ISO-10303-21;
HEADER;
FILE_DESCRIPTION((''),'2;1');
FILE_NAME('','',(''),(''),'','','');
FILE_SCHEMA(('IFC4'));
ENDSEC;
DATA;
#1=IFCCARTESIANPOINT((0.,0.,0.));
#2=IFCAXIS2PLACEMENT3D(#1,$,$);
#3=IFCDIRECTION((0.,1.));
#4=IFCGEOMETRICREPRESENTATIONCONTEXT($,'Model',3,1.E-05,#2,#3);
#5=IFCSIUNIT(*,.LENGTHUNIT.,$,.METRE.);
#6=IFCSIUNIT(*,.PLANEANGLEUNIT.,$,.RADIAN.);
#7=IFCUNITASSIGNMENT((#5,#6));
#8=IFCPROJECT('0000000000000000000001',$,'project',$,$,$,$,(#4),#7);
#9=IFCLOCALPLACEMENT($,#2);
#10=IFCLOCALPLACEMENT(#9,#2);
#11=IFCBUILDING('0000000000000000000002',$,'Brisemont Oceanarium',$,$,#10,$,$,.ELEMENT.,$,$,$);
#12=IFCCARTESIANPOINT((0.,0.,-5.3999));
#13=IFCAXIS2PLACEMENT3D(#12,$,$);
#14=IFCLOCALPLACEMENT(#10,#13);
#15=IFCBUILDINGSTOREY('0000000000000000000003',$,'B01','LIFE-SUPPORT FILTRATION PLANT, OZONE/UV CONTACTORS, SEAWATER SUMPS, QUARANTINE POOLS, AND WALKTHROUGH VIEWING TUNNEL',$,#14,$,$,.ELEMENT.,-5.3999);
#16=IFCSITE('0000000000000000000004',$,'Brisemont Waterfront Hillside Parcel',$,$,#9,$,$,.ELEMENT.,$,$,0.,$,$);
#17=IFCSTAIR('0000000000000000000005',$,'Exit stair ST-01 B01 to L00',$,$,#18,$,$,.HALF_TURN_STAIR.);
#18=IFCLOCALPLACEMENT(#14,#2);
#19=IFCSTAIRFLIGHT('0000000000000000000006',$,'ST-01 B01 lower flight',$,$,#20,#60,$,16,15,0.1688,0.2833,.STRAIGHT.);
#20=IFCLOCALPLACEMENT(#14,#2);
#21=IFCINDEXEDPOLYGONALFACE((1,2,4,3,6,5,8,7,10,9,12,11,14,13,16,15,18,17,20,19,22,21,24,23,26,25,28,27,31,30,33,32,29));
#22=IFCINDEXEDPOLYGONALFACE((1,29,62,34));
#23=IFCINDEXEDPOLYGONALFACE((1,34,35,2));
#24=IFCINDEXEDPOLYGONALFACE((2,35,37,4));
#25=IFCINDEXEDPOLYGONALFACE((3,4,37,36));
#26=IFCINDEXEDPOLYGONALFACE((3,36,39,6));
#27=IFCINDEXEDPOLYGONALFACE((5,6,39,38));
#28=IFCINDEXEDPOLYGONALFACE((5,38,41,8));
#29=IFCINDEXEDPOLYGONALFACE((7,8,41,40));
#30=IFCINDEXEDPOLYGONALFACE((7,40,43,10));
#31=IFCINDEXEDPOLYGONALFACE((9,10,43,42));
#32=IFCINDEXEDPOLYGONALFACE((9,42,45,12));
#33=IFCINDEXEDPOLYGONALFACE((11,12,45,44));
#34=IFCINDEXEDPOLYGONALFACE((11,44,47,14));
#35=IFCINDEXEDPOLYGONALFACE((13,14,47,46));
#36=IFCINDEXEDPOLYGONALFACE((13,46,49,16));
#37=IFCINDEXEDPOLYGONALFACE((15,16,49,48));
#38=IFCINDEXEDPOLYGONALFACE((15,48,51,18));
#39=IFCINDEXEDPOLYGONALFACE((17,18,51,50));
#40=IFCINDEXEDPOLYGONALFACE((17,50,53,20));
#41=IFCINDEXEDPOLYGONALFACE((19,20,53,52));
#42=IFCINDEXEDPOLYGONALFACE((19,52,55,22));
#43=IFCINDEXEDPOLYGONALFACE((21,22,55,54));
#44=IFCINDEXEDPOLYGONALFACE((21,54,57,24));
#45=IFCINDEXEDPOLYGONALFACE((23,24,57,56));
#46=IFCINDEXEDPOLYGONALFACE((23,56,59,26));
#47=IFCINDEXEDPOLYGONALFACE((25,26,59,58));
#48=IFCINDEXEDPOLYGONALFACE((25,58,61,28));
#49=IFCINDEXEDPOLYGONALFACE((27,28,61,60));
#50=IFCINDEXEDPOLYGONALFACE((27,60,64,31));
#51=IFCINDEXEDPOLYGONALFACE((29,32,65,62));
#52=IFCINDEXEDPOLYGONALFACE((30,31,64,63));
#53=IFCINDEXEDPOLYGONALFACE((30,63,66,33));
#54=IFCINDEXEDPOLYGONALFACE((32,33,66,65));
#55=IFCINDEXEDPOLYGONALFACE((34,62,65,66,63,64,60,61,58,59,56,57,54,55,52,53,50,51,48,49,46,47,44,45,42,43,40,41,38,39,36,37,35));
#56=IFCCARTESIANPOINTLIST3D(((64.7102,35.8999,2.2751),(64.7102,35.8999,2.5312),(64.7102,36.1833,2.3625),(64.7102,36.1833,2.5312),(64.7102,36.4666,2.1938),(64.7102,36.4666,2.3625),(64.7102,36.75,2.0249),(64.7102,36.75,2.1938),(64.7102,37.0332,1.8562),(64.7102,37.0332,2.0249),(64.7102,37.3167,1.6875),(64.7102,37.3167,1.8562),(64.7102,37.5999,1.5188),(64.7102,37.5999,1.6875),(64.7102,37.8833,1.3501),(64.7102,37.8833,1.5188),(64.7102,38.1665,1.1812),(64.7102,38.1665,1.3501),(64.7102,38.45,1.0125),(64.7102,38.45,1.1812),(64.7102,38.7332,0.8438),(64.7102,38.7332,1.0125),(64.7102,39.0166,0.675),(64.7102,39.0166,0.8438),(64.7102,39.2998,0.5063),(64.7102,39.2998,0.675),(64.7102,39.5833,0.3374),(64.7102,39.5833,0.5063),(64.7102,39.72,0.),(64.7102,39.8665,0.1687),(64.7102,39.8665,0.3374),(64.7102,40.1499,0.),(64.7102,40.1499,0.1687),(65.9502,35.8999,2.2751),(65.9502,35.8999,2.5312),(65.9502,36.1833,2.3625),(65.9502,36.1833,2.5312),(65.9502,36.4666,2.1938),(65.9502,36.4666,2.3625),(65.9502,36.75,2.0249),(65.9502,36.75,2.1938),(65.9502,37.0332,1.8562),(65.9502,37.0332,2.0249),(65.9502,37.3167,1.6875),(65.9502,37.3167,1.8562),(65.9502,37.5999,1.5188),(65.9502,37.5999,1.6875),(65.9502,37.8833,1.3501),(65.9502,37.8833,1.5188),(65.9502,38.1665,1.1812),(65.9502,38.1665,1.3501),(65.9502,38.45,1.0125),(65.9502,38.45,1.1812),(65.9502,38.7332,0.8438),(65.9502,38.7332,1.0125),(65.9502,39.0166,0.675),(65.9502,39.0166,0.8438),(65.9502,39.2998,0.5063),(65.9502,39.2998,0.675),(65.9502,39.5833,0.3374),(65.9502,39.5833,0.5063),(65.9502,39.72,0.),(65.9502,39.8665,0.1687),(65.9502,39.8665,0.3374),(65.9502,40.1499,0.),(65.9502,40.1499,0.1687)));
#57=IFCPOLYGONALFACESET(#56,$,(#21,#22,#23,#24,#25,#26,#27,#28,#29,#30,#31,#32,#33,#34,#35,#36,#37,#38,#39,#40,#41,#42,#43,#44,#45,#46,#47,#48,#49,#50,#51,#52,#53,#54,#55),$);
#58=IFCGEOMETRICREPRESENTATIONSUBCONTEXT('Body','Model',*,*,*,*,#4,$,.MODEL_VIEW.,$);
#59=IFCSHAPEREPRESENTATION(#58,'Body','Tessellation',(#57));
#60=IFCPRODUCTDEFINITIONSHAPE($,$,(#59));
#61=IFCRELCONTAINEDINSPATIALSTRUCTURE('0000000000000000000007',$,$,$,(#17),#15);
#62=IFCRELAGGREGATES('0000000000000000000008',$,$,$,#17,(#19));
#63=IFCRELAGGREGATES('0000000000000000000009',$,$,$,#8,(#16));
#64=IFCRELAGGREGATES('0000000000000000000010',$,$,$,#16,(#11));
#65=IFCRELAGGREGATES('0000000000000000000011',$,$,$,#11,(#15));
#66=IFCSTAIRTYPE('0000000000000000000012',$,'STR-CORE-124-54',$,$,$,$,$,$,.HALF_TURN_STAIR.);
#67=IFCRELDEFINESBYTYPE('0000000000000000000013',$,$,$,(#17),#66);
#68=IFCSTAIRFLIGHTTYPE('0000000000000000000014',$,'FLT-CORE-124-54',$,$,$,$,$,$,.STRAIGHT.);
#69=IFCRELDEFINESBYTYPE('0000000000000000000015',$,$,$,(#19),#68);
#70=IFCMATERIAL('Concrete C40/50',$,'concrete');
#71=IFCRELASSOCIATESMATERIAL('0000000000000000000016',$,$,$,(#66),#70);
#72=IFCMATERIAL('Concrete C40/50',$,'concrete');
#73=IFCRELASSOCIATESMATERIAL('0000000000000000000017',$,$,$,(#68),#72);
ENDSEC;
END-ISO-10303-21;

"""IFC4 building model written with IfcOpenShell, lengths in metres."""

from ifc_helpers import new_model, si_unit, direction, frame, origin, place, context, subcontext, project, spatial, polyline, outline, extrude, material, type_object, element, aggregate, save


model = new_model("IFC4")

# Units and contexts
model_context = context("Model", 3, precision=1e-05, world=origin(), true_north=direction((0.0, 1.0)))
body_context = subcontext(model_context, "Body", "Model", "MODEL_VIEW")
ifc_project = project(units=[si_unit("LENGTHUNIT", "METRE"), si_unit("PLANEANGLEUNIT", "RADIAN")], contexts=[model_context])

# Site, building, storey
site_placement = place(None, origin())
site = spatial("IfcSite", under=ifc_project, at=site_placement, Name="Brisemont Waterfront Hillside Parcel", CompositionType="ELEMENT", RefElevation=0.0)
building_placement = place(site_placement, origin())
building = spatial("IfcBuilding", under=site, at=building_placement, Name="Brisemont Oceanarium", CompositionType="ELEMENT")
storey_placement = place(building_placement, frame((0.0, 0.0, -5.3999)))
storey = spatial("IfcBuildingStorey", under=building, at=storey_placement, Name="B01", Description="LIFE-SUPPORT FILTRATION PLANT, OZONE/UV CONTACTORS, SEAWATER SUMPS, QUARANTINE POOLS, AND WALKTHROUGH VIEWING TUNNEL", CompositionType="ELEMENT", Elevation=-5.3999)

# Stair, stair flight
ifc_material_1 = material(Name="Concrete C40/50", Category="concrete")
stair_type = type_object("IfcStairType", Name="STR-CORE-124-54", PredefinedType="HALF_TURN_STAIR", material=ifc_material_1)
stair_placement = place(storey_placement, origin())
stair = element("IfcStair", 1, at=stair_placement, inside=storey, type_object=stair_type, Name="Exit stair ST-01 B01 to L00", PredefinedType="HALF_TURN_STAIR")
ifc_material_2 = material(Name="Concrete C40/50", Category="concrete")
stair_flight_type = type_object("IfcStairFlightType", Name="FLT-CORE-124-54", PredefinedType="STRAIGHT", material=ifc_material_2)
stair_flight_placement = place(storey_placement, frame((65.3301, 40.1499, 0.0), z_axis=(0.0, 0.0, 1.0), x_axis=(0.0, -1.0, 0.0)))
stair_flight = element("IfcStairFlight", 2, at=stair_flight_placement, type_object=stair_flight_type, Name="ST-01 B01 lower flight", NumberOfRisers=16, NumberOfTreads=15, PredefinedType="STRAIGHT", RiserHeight=0.1688, TreadLength=0.2833, context=body_context, shape_type="SweptSolid", body=[
    extrude(outline(polyline([(0.0, 0.0), (0.0, 0.1687), (0.2834, 0.1687), (0.2834, 0.3374), (0.5667, 0.3374), (0.5667, 0.5063), (0.8501, 0.5063), (0.8501, 0.675), (1.1333, 0.675), (1.1333, 0.8438), (1.4167, 0.8438), (1.4167, 1.0125), (1.7, 1.0125), (1.7, 1.1812), (1.9834, 1.1812), (1.9834, 1.3501), (2.2666, 1.3501), (2.2666, 1.5188), (2.55, 1.5188), (2.55, 1.6875), (2.8333, 1.6875), (2.8333, 1.8562), (3.1167, 1.8562), (3.1167, 2.0249), (3.3999, 2.0249), (3.3999, 2.1938), (3.6833, 2.1938), (3.6833, 2.3625), (3.9666, 2.3625), (3.9666, 2.5312), (4.25, 2.5312), (4.25, 2.7), (4.25, 2.2751), (0.4299, 0.0), (0.0, 0.0)])), frame((0.0, 0.6201, 0.0), z_axis=(0.0, -1.0, 0.0), x_axis=(1.0, 0.0, 0.0)), (0.0, 0.0, 1.0), 1.24),
])
aggregate(stair, [stair_flight])

save(model, "model.ifc")
